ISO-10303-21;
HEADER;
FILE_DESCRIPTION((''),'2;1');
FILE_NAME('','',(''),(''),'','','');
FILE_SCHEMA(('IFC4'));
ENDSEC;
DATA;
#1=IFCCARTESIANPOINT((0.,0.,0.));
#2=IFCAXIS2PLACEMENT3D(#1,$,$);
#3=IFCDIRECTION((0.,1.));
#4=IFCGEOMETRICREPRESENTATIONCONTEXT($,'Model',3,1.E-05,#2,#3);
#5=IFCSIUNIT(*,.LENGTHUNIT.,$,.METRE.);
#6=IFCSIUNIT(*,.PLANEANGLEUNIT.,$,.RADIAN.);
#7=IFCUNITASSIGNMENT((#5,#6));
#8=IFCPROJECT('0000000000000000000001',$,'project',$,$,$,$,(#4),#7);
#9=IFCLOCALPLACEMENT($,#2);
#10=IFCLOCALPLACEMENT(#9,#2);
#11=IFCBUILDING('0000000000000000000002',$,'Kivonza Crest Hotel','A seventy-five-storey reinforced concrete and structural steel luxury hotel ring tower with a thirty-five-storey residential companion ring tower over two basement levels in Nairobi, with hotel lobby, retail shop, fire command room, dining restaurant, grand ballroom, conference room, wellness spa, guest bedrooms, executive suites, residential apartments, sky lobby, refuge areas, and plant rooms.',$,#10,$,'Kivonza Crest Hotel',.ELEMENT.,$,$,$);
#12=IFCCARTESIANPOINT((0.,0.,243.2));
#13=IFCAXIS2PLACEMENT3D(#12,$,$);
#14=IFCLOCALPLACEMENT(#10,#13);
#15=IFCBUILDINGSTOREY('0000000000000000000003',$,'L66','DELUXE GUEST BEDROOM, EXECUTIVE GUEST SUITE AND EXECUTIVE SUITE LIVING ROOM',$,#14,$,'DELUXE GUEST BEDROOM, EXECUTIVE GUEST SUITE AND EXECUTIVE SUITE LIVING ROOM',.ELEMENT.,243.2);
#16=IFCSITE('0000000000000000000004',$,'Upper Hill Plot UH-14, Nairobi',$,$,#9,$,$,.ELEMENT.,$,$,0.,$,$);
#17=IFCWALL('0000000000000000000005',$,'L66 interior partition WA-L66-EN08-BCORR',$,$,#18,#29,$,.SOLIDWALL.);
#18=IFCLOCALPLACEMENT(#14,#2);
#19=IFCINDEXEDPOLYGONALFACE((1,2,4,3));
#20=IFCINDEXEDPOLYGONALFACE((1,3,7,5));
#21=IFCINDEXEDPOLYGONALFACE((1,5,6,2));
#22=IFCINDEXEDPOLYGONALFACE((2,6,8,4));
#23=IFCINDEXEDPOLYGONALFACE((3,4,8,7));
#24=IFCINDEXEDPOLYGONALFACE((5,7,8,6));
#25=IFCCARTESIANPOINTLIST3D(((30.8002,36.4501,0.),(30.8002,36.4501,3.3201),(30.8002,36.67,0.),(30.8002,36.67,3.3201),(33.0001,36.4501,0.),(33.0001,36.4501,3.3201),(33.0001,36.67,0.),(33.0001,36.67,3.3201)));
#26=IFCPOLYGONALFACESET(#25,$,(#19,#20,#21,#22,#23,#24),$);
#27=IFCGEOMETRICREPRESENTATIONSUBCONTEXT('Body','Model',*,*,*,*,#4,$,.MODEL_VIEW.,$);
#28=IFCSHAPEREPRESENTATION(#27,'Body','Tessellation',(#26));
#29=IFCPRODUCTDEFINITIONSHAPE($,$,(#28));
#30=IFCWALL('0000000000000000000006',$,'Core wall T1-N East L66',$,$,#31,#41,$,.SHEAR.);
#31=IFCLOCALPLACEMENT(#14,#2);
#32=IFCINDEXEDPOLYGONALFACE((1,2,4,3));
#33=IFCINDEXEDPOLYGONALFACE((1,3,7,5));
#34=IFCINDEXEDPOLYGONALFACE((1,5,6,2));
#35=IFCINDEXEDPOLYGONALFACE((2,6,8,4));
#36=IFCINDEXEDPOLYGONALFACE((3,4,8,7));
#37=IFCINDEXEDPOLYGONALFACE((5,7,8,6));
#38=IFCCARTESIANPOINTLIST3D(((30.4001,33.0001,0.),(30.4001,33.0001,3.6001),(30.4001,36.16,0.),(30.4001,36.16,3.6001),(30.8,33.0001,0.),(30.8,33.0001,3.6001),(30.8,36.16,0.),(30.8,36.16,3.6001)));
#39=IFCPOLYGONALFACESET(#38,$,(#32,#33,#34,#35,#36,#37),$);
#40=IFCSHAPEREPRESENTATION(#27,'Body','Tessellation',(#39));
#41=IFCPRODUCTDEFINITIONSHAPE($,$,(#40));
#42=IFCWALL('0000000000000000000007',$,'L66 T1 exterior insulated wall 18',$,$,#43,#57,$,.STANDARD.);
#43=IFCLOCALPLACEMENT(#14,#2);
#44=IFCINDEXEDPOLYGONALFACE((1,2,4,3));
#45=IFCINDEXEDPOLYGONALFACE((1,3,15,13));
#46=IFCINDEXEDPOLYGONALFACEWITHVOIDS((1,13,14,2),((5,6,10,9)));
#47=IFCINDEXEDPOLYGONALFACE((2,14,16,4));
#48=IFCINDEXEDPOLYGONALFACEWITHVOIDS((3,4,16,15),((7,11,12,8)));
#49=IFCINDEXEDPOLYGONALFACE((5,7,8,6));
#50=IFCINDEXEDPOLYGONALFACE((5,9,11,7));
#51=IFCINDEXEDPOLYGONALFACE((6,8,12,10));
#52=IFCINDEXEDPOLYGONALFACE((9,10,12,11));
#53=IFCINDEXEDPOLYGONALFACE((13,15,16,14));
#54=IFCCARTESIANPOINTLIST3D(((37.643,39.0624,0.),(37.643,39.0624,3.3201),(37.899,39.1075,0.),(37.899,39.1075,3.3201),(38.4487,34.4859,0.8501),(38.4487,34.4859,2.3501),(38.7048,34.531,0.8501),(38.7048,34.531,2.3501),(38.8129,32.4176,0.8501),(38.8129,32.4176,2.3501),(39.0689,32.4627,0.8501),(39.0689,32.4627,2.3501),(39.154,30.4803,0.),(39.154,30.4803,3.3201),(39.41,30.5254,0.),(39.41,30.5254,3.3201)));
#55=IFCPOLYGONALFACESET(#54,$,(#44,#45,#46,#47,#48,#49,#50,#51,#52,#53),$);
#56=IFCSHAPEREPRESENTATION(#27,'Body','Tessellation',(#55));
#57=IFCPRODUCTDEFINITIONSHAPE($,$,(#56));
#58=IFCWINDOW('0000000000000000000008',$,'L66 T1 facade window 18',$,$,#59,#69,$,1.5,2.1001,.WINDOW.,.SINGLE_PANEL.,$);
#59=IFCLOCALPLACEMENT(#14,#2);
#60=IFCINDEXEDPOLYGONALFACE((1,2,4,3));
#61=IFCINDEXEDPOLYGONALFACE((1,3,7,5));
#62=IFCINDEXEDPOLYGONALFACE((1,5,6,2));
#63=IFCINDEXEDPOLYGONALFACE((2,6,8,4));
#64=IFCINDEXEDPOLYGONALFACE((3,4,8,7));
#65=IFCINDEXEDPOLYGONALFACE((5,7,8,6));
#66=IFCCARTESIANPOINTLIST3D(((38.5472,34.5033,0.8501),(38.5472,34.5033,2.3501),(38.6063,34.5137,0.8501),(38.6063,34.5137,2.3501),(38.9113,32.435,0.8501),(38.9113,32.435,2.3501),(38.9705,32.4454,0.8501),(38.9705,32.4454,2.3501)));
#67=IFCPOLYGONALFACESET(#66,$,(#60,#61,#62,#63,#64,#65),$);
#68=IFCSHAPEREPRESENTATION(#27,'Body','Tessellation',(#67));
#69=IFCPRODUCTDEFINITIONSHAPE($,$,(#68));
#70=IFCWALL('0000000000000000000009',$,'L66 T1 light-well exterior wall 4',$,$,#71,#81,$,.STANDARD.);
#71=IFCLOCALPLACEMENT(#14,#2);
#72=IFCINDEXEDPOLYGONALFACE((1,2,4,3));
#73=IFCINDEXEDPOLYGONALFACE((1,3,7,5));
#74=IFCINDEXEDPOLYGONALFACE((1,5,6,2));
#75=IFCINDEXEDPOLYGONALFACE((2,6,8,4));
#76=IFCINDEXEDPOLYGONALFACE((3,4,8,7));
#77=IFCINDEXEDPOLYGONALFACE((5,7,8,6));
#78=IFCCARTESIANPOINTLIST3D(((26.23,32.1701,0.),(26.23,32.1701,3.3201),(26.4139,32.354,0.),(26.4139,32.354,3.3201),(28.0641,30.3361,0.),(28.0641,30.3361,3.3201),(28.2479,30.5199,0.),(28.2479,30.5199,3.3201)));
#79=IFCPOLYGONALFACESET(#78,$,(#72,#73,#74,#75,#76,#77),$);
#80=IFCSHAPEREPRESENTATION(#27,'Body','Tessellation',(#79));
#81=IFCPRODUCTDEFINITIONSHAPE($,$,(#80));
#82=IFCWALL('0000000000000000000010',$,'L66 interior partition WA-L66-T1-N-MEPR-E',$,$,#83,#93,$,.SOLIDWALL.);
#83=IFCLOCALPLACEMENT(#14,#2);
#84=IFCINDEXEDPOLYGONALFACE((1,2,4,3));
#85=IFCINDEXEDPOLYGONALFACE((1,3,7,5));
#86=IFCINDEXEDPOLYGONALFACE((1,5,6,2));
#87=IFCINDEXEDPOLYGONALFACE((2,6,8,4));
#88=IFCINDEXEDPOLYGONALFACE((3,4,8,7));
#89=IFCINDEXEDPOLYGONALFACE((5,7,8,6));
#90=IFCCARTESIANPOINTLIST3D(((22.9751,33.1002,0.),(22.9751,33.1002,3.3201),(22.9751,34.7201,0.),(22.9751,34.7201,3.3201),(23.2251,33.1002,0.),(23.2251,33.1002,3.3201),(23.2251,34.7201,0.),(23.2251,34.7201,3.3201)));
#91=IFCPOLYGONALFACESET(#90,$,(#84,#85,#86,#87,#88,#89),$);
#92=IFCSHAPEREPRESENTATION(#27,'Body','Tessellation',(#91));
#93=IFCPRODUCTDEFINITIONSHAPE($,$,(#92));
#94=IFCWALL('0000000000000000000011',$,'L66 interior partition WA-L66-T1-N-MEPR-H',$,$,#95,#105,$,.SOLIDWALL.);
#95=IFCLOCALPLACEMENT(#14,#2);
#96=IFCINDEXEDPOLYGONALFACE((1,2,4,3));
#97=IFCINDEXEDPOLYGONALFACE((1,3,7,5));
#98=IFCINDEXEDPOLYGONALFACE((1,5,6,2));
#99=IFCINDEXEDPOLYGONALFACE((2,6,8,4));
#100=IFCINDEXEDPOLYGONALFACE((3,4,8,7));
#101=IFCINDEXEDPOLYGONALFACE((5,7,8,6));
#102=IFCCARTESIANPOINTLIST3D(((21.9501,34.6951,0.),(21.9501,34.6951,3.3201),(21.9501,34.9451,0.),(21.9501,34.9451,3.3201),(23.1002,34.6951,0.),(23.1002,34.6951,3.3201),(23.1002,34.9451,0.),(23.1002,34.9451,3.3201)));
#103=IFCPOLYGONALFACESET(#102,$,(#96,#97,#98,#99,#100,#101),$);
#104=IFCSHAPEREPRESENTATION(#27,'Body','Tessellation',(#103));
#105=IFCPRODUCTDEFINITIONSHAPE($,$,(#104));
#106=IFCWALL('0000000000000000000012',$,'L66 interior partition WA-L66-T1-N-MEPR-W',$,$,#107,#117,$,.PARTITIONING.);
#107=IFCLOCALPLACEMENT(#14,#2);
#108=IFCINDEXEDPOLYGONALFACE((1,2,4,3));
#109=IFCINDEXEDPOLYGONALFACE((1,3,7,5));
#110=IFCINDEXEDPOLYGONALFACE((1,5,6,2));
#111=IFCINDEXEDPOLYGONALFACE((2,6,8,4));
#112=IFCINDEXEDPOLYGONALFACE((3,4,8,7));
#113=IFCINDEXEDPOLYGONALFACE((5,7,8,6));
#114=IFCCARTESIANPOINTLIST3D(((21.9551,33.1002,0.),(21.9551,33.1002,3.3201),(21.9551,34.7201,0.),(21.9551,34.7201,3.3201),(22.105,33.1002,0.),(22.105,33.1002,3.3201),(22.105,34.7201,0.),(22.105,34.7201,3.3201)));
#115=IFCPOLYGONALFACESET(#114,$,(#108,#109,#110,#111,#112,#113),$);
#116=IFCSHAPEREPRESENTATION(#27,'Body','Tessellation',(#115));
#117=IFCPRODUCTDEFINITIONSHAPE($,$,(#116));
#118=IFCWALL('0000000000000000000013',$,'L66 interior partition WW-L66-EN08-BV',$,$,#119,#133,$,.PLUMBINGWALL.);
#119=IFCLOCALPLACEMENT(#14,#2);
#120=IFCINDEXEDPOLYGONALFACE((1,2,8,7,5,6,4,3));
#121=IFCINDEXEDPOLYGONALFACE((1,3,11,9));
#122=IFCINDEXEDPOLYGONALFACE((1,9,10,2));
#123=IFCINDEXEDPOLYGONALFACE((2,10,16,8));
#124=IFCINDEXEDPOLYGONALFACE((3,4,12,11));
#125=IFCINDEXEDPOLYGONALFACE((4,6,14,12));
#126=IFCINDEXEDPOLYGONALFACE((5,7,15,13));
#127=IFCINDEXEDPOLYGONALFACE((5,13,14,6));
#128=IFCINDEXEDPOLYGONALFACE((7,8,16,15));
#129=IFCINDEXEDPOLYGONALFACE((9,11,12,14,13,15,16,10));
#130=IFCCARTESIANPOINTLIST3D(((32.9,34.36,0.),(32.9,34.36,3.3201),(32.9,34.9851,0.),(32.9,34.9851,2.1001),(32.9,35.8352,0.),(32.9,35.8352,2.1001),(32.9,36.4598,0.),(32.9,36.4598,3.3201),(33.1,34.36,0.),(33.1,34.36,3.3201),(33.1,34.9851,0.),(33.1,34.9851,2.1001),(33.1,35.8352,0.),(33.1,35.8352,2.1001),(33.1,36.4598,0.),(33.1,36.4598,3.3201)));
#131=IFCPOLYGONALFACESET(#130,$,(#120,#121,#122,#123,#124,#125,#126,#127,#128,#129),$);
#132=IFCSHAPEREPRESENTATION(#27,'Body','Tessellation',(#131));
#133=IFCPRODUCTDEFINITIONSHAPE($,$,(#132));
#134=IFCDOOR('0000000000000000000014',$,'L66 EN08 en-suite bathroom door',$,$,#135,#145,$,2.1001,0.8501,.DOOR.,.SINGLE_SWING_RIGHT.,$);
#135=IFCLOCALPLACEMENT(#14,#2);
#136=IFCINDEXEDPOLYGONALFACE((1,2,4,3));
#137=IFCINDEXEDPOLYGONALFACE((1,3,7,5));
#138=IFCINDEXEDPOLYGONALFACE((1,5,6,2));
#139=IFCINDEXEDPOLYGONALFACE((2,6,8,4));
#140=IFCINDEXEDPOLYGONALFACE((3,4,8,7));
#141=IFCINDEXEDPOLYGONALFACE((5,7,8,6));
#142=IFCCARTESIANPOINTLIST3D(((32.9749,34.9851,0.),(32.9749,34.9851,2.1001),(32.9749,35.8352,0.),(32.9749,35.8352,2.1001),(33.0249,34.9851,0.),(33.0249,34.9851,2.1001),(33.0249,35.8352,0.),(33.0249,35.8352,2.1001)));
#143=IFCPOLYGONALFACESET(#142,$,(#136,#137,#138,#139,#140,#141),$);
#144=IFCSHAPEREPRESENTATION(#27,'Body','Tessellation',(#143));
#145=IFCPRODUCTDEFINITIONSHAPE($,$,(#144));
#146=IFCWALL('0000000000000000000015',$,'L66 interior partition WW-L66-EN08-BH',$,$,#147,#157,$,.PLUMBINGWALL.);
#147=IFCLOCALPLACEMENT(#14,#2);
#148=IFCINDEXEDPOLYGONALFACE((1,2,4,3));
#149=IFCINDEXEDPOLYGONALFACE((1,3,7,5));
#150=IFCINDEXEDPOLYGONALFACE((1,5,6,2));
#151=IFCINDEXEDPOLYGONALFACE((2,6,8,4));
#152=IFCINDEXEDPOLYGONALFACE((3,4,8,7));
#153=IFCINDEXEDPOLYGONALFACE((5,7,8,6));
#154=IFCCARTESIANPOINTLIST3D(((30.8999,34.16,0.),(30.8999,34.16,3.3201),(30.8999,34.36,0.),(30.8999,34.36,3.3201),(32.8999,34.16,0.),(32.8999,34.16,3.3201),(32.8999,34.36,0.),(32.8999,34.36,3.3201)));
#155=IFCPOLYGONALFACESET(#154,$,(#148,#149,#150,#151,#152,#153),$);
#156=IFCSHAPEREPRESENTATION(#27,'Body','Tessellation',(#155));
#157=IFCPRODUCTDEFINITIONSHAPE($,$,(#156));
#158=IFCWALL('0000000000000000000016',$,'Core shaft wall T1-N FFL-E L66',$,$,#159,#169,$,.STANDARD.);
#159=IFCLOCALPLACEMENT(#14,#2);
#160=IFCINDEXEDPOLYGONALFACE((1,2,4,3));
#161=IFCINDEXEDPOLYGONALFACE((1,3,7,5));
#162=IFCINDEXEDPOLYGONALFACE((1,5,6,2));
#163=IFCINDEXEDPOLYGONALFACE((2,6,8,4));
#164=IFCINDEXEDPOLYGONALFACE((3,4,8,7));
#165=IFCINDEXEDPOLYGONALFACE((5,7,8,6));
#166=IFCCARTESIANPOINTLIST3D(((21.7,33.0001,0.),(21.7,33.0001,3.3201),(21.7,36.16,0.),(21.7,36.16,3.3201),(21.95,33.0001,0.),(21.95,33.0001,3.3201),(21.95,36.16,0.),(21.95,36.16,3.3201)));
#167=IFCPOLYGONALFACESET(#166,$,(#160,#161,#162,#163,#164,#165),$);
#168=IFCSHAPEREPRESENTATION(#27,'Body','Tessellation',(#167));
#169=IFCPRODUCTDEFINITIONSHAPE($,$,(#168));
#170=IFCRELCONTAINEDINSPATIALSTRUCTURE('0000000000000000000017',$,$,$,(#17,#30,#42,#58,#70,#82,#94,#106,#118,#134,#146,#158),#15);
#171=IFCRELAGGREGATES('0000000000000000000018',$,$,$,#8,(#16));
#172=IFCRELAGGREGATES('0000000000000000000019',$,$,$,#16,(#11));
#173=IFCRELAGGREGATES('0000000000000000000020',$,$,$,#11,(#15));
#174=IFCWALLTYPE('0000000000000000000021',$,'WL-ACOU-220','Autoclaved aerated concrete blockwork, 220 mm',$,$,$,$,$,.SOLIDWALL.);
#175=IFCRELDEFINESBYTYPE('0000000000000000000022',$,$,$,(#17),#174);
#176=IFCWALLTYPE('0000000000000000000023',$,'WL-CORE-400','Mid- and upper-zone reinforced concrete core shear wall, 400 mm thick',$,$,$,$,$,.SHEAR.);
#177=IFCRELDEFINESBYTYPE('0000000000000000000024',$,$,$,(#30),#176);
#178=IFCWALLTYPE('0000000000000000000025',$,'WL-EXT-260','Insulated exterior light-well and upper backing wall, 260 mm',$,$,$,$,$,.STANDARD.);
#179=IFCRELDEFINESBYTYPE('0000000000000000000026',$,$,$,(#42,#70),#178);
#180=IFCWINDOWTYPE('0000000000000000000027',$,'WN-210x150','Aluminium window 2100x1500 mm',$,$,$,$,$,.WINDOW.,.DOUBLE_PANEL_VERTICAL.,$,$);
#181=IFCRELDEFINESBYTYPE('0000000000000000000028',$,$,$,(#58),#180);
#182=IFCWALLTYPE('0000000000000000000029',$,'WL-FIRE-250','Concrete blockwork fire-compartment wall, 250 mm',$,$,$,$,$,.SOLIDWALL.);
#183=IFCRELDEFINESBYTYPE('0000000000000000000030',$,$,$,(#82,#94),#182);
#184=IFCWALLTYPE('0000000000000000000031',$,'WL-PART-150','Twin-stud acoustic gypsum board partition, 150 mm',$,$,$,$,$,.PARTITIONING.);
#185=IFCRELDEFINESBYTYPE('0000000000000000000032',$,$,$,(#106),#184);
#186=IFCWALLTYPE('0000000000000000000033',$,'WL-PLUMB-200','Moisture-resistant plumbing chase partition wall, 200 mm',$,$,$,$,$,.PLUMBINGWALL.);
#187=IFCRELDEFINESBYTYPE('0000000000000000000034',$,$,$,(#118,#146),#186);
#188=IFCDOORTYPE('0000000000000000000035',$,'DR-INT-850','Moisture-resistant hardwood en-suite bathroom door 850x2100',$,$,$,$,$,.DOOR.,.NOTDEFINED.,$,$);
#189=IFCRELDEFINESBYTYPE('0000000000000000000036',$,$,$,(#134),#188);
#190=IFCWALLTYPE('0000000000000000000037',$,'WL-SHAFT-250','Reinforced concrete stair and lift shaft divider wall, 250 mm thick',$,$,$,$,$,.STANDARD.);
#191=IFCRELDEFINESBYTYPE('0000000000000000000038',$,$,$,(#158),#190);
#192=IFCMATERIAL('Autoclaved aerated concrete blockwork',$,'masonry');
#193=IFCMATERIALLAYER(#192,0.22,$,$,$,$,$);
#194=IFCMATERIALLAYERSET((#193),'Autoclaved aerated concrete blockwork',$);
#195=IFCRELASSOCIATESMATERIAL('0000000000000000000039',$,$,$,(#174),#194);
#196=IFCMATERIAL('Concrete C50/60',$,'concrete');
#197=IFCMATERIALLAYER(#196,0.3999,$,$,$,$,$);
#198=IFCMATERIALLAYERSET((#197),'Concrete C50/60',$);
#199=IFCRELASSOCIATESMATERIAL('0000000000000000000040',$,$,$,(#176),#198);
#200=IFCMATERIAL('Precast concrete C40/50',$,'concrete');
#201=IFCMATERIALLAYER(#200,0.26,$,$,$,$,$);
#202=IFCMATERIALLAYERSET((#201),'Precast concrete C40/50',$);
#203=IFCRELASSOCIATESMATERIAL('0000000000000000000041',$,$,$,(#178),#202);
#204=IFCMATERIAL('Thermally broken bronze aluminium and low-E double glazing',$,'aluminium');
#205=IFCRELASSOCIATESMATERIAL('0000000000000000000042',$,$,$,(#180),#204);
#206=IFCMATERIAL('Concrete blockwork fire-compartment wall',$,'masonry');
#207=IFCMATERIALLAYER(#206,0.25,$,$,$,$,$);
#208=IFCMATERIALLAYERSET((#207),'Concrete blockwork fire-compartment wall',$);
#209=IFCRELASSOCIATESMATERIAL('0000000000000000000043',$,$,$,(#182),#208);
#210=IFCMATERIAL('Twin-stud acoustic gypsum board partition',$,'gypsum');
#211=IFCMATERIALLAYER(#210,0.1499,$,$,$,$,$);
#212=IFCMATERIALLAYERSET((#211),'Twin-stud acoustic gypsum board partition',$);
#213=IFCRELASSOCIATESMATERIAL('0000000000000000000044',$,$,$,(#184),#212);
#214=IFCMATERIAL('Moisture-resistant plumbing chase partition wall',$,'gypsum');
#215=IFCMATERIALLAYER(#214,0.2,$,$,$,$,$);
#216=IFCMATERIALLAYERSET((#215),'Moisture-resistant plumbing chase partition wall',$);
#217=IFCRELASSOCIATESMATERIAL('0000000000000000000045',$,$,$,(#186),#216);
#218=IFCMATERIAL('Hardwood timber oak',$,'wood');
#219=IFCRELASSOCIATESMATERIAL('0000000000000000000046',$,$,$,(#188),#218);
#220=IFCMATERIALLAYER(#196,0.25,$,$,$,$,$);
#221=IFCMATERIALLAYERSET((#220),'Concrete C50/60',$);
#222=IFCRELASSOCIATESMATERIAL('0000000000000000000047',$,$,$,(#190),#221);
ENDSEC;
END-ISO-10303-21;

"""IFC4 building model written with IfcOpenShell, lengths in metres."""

from ifc_helpers import new_model, si_unit, direction, frame, frame_2d, origin, place, context, subcontext, project, spatial, rectangle, extrude, material, layer, layer_set, type_object, element, fill, save


model = new_model("IFC4")

# Units and contexts
model_context = context("Model", 3, precision=1e-05, world=origin(), true_north=direction((0.0, 1.0)))
body_context = subcontext(model_context, "Body", "Model", "MODEL_VIEW")
ifc_project = project(units=[si_unit("LENGTHUNIT", "METRE"), si_unit("PLANEANGLEUNIT", "RADIAN")], contexts=[model_context])

# Site, building, storey
site_placement = place(None, origin())
site = spatial("IfcSite", under=ifc_project, at=site_placement, Name="Upper Hill Plot UH-14, Nairobi", CompositionType="ELEMENT", RefElevation=0.0)
building_placement = place(site_placement, origin())
building = spatial("IfcBuilding", under=site, at=building_placement, Name="Kivonza Crest Hotel", Description="A seventy-five-storey reinforced concrete and structural steel luxury hotel ring tower with a thirty-five-storey residential companion ring tower over two basement levels in Nairobi, with hotel lobby, retail shop, fire command room, dining restaurant, grand ballroom, conference room, wellness spa, guest bedrooms, executive suites, residential apartments, sky lobby, refuge areas, and plant rooms.", LongName="Kivonza Crest Hotel", CompositionType="ELEMENT")
storey_placement = place(building_placement, frame((0.0, 0.0, 243.2)))
storey = spatial("IfcBuildingStorey", under=building, at=storey_placement, Name="L66", Description="DELUXE GUEST BEDROOM, EXECUTIVE GUEST SUITE AND EXECUTIVE SUITE LIVING ROOM", LongName="DELUXE GUEST BEDROOM, EXECUTIVE GUEST SUITE AND EXECUTIVE SUITE LIVING ROOM", CompositionType="ELEMENT", Elevation=243.2)

# Shared definitions
ifc_material_1 = material(Name="Concrete C50/60", Category="concrete")

# Walls
ifc_material_2 = material(Name="Autoclaved aerated concrete blockwork", Category="masonry")
ifc_layer_1 = layer(ifc_material_2, 0.22)
ifc_layer_set_1 = layer_set([ifc_layer_1], Name="Autoclaved aerated concrete blockwork")
wall_type_1 = type_object("IfcWallType", Name="WL-ACOU-220", Description="Autoclaved aerated concrete blockwork, 220 mm", PredefinedType="SOLIDWALL", material=ifc_layer_set_1)
wall_1_placement = place(storey_placement, frame((30.8, 36.5601, 0.0), z_axis=(0.0, 0.0, 1.0), x_axis=(1.0, 0.0, 0.0)))
element("IfcWall", 1, at=wall_1_placement, inside=storey, type_object=wall_type_1, Name="L66 interior partition WA-L66-EN08-BCORR", PredefinedType="SOLIDWALL", context=body_context, shape_type="SweptSolid", body=[
    extrude(rectangle(XDim=2.2, YDim=0.22, at=frame_2d((1.1001, 0.0))), origin(), (0.0, 0.0, 1.0), 3.3201),
])
ifc_layer_2 = layer(ifc_material_1, 0.3999)
ifc_layer_set_2 = layer_set([ifc_layer_2], Name="Concrete C50/60")
wall_type_2 = type_object("IfcWallType", Name="WL-CORE-400", Description="Mid- and upper-zone reinforced concrete core shear wall, 400 mm thick", PredefinedType="SHEAR", material=ifc_layer_set_2)
wall_2_placement = place(storey_placement, frame((30.6001, 33.0, 0.0), z_axis=(0.0, 0.0, 1.0), x_axis=(0.0, 1.0, 0.0)))
element("IfcWall", 2, at=wall_2_placement, inside=storey, type_object=wall_type_2, Name="Core wall T1-N East L66", PredefinedType="SHEAR", context=body_context, shape_type="SweptSolid", body=[
    extrude(rectangle(XDim=3.1599, YDim=0.3999, at=frame_2d((1.5801, 0.0))), origin(), (0.0, 0.0, 1.0), 3.6001),
])

# Wall, opening, window
ifc_material_3 = material(Name="Precast concrete C40/50", Category="concrete")
ifc_layer_3 = layer(ifc_material_3, 0.26)
ifc_layer_set_3 = layer_set([ifc_layer_3], Name="Precast concrete C40/50")
wall_type_3 = type_object("IfcWallType", Name="WL-EXT-260", Description="Insulated exterior light-well and upper backing wall, 260 mm", PredefinedType="STANDARD", material=ifc_layer_set_3)
wall_3_placement = place(storey_placement, frame((39.282, 30.5029, 0.0), z_axis=(0.0, 0.0, 1.0), x_axis=(-0.173397, 0.984852, 0.0)))
wall_3 = element("IfcWall", 3, at=wall_3_placement, inside=storey, type_object=wall_type_3, Name="L66 T1 exterior insulated wall 18", PredefinedType="STANDARD", context=body_context, shape_type="SweptSolid", body=[
    extrude(rectangle(XDim=8.7141, YDim=0.26, at=frame_2d((4.3569, 0.0))), origin(), (0.0, 0.0, 1.0), 3.3201),
])
opening_1_placement = place(wall_3_placement, frame((1.967, 0.0, 0.8501)))
opening_1 = element("IfcOpeningElement", 4, at=opening_1_placement, cuts=wall_3, PredefinedType="OPENING", context=body_context, shape_type="SweptSolid", body=[
    extrude(rectangle(XDim=2.1001, YDim=1.5, at=frame_2d((1.05, 0.75))), frame((0.0, 0.1401, 0.0), z_axis=(0.0, -1.0, 0.0), x_axis=(1.0, 0.0, 0.0)), (0.0, 0.0, 1.0), 0.28),
])
ifc_material_4 = material(Name="Thermally broken bronze aluminium and low-E double glazing", Category="aluminium")
window_type = type_object("IfcWindowType", Name="WN-210x150", Description="Aluminium window 2100x1500 mm", PartitioningType="DOUBLE_PANEL_VERTICAL", PredefinedType="WINDOW", material=ifc_material_4)
window_placement = place(opening_1_placement, origin())
window = element("IfcWindow", 5, at=window_placement, inside=storey, type_object=window_type, Name="L66 T1 facade window 18", OverallHeight=1.5, OverallWidth=2.1001, PartitioningType="SINGLE_PANEL", PredefinedType="WINDOW", context=body_context, shape_type="SweptSolid", body=[
    extrude(rectangle(XDim=2.1001, YDim=1.5, at=frame_2d((1.05, 0.75))), frame((0.0, 0.03, 0.0), z_axis=(0.0, -1.0, 0.0), x_axis=(1.0, 0.0, 0.0)), (0.0, 0.0, 1.0), 0.0601),
])
fill(opening_1, window)

# Walls
wall_4_placement = place(storey_placement, frame((28.156, 30.428, 0.0), z_axis=(0.0, 0.0, 1.0), x_axis=(-0.707107, 0.707107, 0.0)))
element("IfcWall", 6, at=wall_4_placement, inside=storey, type_object=wall_type_3, Name="L66 T1 light-well exterior wall 4", PredefinedType="STANDARD", context=body_context, shape_type="SweptSolid", body=[
    extrude(rectangle(XDim=2.5938, YDim=0.26, at=frame_2d((1.2969, 0.0))), origin(), (0.0, 0.0, 1.0), 3.3201),
])
ifc_material_5 = material(Name="Concrete blockwork fire-compartment wall", Category="masonry")
ifc_layer_4 = layer(ifc_material_5, 0.25)
ifc_layer_set_4 = layer_set([ifc_layer_4], Name="Concrete blockwork fire-compartment wall")
wall_type_4 = type_object("IfcWallType", Name="WL-FIRE-250", Description="Concrete blockwork fire-compartment wall, 250 mm", PredefinedType="SOLIDWALL", material=ifc_layer_set_4)
wall_5_placement = place(storey_placement, frame((23.1001, 33.1001, 0.0), z_axis=(0.0, 0.0, 1.0), x_axis=(0.0, 1.0, 0.0)))
element("IfcWall", 7, at=wall_5_placement, inside=storey, type_object=wall_type_4, Name="L66 interior partition WA-L66-T1-N-MEPR-E", PredefinedType="SOLIDWALL", context=body_context, shape_type="SweptSolid", body=[
    extrude(rectangle(XDim=1.6199, YDim=0.25, at=frame_2d((0.8101, 0.0))), origin(), (0.0, 0.0, 1.0), 3.3201),
])
wall_6_placement = place(storey_placement, frame((21.95, 34.8201, 0.0), z_axis=(0.0, 0.0, 1.0), x_axis=(1.0, 0.0, 0.0)))
element("IfcWall", 8, at=wall_6_placement, inside=storey, type_object=wall_type_4, Name="L66 interior partition WA-L66-T1-N-MEPR-H", PredefinedType="SOLIDWALL", context=body_context, shape_type="SweptSolid", body=[
    extrude(rectangle(XDim=1.1501, YDim=0.25, at=frame_2d((0.5752, 0.0))), origin(), (0.0, 0.0, 1.0), 3.3201),
])
ifc_material_6 = material(Name="Twin-stud acoustic gypsum board partition", Category="gypsum")
ifc_layer_5 = layer(ifc_material_6, 0.1499)
ifc_layer_set_5 = layer_set([ifc_layer_5], Name="Twin-stud acoustic gypsum board partition")
wall_type_5 = type_object("IfcWallType", Name="WL-PART-150", Description="Twin-stud acoustic gypsum board partition, 150 mm", PredefinedType="PARTITIONING", material=ifc_layer_set_5)
wall_7_placement = place(storey_placement, frame((22.03, 33.1001, 0.0), z_axis=(0.0, 0.0, 1.0), x_axis=(0.0, 1.0, 0.0)))
element("IfcWall", 9, at=wall_7_placement, inside=storey, type_object=wall_type_5, Name="L66 interior partition WA-L66-T1-N-MEPR-W", PredefinedType="PARTITIONING", context=body_context, shape_type="SweptSolid", body=[
    extrude(rectangle(XDim=1.6199, YDim=0.1499, at=frame_2d((0.8101, 0.0))), origin(), (0.0, 0.0, 1.0), 3.3201),
])

# Wall, opening, door
ifc_material_7 = material(Name="Moisture-resistant plumbing chase partition wall", Category="gypsum")
ifc_layer_6 = layer(ifc_material_7, 0.2)
ifc_layer_set_6 = layer_set([ifc_layer_6], Name="Moisture-resistant plumbing chase partition wall")
wall_type_6 = type_object("IfcWallType", Name="WL-PLUMB-200", Description="Moisture-resistant plumbing chase partition wall, 200 mm", PredefinedType="PLUMBINGWALL", material=ifc_layer_set_6)
wall_8_placement = place(storey_placement, frame((33.0, 34.3601, 0.0), z_axis=(0.0, 0.0, 1.0), x_axis=(0.0, 1.0, 0.0)))
wall_8 = element("IfcWall", 10, at=wall_8_placement, inside=storey, type_object=wall_type_6, Name="L66 interior partition WW-L66-EN08-BV", PredefinedType="PLUMBINGWALL", context=body_context, shape_type="SweptSolid", body=[
    extrude(rectangle(XDim=2.0999, YDim=0.2, at=frame_2d((1.0498, 0.0))), origin(), (0.0, 0.0, 1.0), 3.3201),
])
opening_2_placement = place(wall_8_placement, frame((0.625, 0.0, 0.0)))
opening_2 = element("IfcOpeningElement", 11, at=opening_2_placement, cuts=wall_8, PredefinedType="OPENING", context=body_context, shape_type="SweptSolid", body=[
    extrude(rectangle(XDim=0.8501, YDim=2.1001, at=frame_2d((0.425, 1.05))), frame((0.0, 0.1099, 0.0), z_axis=(0.0, -1.0, 0.0), x_axis=(1.0, 0.0, 0.0)), (0.0, 0.0, 1.0), 0.22),
])
ifc_material_8 = material(Name="Hardwood timber oak", Category="wood")
door_type_1 = type_object("IfcDoorType", Name="DR-INT-850", Description="Moisture-resistant hardwood en-suite bathroom door 850x2100", OperationType="NOTDEFINED", PredefinedType="DOOR", material=ifc_material_8)
door_1_placement = place(opening_2_placement, frame((0.8501, 0.0, 0.0), z_axis=(0.0, 0.0, 1.0), x_axis=(-1.0, 0.0, 0.0)))
door_1 = element("IfcDoor", 12, at=door_1_placement, inside=storey, type_object=door_type_1, Name="L66 EN08 en-suite bathroom door", OperationType="SINGLE_SWING_RIGHT", OverallHeight=2.1001, OverallWidth=0.8501, PredefinedType="DOOR", context=body_context, shape_type="SweptSolid", body=[
    extrude(rectangle(XDim=0.8501, YDim=2.1001, at=frame_2d((0.425, 1.05))), frame((0.0, 0.0249, 0.0), z_axis=(0.0, -1.0, 0.0), x_axis=(1.0, 0.0, 0.0)), (0.0, 0.0, 1.0), 0.05),
])
fill(opening_2, door_1)

# Wall
wall_9_placement = place(storey_placement, frame((30.8999, 34.26, 0.0), z_axis=(0.0, 0.0, 1.0), x_axis=(1.0, 0.0, 0.0)))
element("IfcWall", 13, at=wall_9_placement, inside=storey, type_object=wall_type_6, Name="L66 interior partition WW-L66-EN08-BH", PredefinedType="PLUMBINGWALL", context=body_context, shape_type="SweptSolid", body=[
    extrude(rectangle(XDim=2.0, YDim=0.2, at=frame_2d((1.0, 0.0))), origin(), (0.0, 0.0, 1.0), 3.3201),
])

# Shared definitions
ifc_layer_7 = layer(ifc_material_1, 0.25)
ifc_layer_set_7 = layer_set([ifc_layer_7], Name="Concrete C50/60")
wall_type_7 = type_object("IfcWallType", Name="WL-SHAFT-250", Description="Reinforced concrete stair and lift shaft divider wall, 250 mm thick", PredefinedType="STANDARD", material=ifc_layer_set_7)

# Wall
wall_10_placement = place(storey_placement, frame((21.825, 33.0, 0.0), z_axis=(0.0, 0.0, 1.0), x_axis=(0.0, 1.0, 0.0)))
element("IfcWall", 14, at=wall_10_placement, inside=storey, type_object=wall_type_7, Name="Core shaft wall T1-N FFL-E L66", PredefinedType="STANDARD", context=body_context, shape_type="SweptSolid", body=[
    extrude(rectangle(XDim=3.1599, YDim=0.25, at=frame_2d((1.5801, 0.0))), origin(), (0.0, 0.0, 1.0), 3.3201),
])

save(model, "model.ifc")
